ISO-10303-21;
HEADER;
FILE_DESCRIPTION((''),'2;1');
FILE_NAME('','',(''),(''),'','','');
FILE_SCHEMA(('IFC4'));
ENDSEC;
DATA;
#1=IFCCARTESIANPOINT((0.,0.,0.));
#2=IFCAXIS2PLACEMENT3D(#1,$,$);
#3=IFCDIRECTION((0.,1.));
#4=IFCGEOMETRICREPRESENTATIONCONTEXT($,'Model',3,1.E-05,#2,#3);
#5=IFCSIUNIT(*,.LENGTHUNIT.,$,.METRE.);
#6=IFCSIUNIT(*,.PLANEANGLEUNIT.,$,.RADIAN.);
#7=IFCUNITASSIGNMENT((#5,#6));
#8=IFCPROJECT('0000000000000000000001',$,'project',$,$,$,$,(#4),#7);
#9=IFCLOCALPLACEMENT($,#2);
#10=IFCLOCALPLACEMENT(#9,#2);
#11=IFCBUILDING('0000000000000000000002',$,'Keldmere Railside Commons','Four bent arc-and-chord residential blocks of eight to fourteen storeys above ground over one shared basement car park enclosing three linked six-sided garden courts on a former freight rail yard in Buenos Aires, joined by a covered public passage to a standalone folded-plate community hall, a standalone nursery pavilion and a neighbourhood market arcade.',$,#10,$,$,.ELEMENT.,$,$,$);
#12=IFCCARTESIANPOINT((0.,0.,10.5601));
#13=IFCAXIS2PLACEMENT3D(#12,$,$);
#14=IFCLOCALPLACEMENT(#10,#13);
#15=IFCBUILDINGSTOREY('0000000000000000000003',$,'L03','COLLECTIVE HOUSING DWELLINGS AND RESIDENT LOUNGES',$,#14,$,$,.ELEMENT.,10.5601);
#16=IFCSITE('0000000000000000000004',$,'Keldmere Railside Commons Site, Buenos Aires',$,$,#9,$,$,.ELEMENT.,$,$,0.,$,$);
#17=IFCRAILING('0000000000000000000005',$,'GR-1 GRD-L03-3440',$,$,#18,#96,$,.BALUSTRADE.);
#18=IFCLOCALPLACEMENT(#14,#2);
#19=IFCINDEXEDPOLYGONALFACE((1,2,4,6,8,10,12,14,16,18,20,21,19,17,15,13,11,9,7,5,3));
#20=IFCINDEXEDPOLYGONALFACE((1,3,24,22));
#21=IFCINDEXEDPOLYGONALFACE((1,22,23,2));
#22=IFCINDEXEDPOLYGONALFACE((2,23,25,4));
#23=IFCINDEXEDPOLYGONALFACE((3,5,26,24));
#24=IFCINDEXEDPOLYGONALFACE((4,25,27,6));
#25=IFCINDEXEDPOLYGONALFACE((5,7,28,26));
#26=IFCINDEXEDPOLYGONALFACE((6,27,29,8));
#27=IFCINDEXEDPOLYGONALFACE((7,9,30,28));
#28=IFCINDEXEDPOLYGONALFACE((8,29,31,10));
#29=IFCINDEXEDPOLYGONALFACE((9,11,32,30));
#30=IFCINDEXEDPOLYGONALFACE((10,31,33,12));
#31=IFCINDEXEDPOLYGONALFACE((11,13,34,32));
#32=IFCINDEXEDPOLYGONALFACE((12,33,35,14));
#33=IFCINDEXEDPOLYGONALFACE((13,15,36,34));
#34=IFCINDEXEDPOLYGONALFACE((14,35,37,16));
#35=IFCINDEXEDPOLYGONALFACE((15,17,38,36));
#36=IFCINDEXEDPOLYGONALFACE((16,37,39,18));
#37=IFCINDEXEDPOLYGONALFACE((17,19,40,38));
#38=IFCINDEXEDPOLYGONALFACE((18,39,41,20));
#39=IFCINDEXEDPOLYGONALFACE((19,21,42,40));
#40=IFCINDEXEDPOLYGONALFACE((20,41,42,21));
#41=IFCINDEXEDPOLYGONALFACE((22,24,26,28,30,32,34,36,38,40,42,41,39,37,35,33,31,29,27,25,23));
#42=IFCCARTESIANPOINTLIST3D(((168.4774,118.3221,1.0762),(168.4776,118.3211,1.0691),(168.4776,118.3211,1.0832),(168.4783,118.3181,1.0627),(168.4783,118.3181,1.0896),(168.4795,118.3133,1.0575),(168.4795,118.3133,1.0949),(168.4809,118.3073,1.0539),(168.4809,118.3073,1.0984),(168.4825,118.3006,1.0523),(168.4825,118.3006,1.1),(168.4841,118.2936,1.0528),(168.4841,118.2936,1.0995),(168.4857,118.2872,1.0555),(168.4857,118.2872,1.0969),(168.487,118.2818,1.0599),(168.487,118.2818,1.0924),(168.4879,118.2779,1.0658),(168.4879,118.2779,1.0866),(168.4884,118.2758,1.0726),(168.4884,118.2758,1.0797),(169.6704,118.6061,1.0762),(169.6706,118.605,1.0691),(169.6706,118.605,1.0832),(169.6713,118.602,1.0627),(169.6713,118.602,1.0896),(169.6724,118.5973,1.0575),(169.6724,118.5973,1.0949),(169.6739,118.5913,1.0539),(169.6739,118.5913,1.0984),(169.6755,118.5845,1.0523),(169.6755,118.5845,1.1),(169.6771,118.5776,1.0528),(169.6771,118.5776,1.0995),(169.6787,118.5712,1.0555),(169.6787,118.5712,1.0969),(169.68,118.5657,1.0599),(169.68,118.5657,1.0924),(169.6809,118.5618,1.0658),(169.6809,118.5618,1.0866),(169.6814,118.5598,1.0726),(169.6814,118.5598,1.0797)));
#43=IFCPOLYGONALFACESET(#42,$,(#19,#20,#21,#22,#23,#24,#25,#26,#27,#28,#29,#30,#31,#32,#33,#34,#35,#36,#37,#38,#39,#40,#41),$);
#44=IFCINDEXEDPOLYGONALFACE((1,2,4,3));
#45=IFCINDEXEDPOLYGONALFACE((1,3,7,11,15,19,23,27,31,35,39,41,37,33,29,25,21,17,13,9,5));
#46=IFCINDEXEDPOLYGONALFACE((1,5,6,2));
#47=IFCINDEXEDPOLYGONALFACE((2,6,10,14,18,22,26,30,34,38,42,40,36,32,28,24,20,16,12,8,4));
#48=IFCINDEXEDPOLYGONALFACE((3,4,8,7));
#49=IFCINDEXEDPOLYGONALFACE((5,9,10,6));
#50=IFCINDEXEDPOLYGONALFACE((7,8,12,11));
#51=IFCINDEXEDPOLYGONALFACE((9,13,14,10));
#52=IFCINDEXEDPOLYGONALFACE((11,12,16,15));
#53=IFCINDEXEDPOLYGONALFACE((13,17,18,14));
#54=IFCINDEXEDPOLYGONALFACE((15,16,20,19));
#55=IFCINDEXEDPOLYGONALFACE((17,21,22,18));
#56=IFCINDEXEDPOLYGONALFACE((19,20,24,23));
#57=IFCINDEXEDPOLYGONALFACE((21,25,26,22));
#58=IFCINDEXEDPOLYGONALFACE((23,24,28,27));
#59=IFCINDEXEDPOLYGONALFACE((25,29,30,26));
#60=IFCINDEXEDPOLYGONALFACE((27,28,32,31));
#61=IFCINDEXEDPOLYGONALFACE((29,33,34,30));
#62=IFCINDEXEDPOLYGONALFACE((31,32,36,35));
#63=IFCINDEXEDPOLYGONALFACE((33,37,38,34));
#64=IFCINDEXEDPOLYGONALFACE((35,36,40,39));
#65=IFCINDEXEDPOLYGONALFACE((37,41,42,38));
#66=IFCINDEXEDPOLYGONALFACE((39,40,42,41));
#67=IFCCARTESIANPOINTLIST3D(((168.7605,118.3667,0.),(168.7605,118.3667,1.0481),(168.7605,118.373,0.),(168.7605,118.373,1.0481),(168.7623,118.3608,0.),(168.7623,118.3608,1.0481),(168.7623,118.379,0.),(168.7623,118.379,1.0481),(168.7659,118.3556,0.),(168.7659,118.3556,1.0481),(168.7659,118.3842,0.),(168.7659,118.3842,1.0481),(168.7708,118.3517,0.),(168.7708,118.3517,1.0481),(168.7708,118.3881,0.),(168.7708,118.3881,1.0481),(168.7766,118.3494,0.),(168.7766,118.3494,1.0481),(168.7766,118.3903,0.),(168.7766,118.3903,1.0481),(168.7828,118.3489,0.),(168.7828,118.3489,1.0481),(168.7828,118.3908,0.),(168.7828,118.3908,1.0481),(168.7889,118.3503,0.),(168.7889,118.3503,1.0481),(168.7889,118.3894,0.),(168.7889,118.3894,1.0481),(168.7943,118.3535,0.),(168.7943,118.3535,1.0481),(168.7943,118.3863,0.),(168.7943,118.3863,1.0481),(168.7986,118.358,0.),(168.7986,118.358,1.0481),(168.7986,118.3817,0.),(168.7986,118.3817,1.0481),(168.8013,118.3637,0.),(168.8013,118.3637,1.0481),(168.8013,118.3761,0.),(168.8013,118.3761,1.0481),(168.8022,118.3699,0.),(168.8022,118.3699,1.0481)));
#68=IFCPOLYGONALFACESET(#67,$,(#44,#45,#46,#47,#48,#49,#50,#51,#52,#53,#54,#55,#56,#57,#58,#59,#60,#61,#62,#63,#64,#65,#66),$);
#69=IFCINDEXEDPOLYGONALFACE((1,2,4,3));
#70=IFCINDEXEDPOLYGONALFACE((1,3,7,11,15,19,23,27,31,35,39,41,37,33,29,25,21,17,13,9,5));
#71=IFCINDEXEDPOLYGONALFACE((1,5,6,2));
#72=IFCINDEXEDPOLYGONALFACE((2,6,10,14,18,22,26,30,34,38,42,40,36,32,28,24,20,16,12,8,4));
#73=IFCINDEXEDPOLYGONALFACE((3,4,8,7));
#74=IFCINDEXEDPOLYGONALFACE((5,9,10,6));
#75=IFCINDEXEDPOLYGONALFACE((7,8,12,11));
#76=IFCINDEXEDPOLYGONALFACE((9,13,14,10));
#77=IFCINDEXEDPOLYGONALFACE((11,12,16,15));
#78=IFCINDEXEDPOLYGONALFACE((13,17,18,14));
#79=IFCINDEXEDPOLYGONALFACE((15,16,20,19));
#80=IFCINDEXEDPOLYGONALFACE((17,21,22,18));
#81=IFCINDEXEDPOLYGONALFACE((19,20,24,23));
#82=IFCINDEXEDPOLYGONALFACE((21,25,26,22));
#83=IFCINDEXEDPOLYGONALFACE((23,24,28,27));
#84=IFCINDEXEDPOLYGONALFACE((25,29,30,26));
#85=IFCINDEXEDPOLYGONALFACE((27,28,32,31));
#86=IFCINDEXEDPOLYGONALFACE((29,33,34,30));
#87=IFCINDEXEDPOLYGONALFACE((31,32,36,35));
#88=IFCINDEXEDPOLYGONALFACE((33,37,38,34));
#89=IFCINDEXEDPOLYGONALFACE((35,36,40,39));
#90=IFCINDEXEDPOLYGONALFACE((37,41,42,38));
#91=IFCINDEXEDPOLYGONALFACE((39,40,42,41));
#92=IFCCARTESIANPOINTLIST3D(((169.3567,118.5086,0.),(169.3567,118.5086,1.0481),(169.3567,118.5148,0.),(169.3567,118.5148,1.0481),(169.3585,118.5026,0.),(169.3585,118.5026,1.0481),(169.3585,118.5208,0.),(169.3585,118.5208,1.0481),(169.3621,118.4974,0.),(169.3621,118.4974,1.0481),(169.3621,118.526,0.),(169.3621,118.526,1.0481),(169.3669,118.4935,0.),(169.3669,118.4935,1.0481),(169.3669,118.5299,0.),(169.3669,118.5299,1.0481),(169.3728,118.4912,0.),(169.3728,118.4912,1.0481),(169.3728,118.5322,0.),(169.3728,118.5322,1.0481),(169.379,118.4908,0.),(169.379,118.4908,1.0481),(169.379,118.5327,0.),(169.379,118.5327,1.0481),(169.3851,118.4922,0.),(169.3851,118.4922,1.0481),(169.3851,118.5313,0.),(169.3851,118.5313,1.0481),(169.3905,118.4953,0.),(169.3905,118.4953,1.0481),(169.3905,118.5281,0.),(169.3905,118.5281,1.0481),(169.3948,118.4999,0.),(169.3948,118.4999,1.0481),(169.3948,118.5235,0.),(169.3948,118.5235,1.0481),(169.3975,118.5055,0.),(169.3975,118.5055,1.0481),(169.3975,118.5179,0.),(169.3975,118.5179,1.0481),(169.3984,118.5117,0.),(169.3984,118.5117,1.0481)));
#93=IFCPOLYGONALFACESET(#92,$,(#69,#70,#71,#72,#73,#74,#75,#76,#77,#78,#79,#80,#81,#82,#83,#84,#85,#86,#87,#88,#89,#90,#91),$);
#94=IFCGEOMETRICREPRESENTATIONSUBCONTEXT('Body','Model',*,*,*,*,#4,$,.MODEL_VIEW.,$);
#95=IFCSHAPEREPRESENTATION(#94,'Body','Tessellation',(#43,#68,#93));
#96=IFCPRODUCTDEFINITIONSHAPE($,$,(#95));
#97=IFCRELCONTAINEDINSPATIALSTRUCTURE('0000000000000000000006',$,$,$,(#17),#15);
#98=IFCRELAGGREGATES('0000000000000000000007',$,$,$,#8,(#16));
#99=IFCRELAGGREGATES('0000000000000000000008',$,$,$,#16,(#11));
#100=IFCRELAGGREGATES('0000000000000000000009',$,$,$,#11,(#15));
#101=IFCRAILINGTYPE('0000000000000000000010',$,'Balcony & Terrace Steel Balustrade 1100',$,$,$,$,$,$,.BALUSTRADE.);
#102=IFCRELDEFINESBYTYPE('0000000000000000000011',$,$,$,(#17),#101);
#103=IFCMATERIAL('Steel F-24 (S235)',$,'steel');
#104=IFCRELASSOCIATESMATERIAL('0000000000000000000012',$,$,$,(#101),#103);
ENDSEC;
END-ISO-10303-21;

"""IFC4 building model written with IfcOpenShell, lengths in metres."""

from ifc_helpers import new_model, si_unit, direction, frame, origin, origin_2d, place, context, subcontext, project, spatial, circle, extrude, material, type_object, element, save


model = new_model("IFC4")

# Units and contexts
model_context = context("Model", 3, precision=1e-05, world=origin(), true_north=direction((0.0, 1.0)))
body_context = subcontext(model_context, "Body", "Model", "MODEL_VIEW")
ifc_project = project(units=[si_unit("LENGTHUNIT", "METRE"), si_unit("PLANEANGLEUNIT", "RADIAN")], contexts=[model_context])

# Site, building, storey
site_placement = place(None, origin())
site = spatial("IfcSite", under=ifc_project, at=site_placement, Name="Keldmere Railside Commons Site, Buenos Aires", CompositionType="ELEMENT", RefElevation=0.0)
building_placement = place(site_placement, origin())
building = spatial("IfcBuilding", under=site, at=building_placement, Name="Keldmere Railside Commons", Description="Four bent arc-and-chord residential blocks of eight to fourteen storeys above ground over one shared basement car park enclosing three linked six-sided garden courts on a former freight rail yard in Buenos Aires, joined by a covered public passage to a standalone folded-plate community hall, a standalone nursery pavilion and a neighbourhood market arcade.", CompositionType="ELEMENT")
storey_placement = place(building_placement, frame((0.0, 0.0, 10.5601)))
storey = spatial("IfcBuildingStorey", under=building, at=storey_placement, Name="L03", Description="COLLECTIVE HOUSING DWELLINGS AND RESIDENT LOUNGES", CompositionType="ELEMENT", Elevation=10.5601)

# Railing
ifc_material_1 = material(Name="Steel F-24 (S235)", Category="steel")
railing_type = type_object("IfcRailingType", Name="Balcony & Terrace Steel Balustrade 1100", PredefinedType="BALUSTRADE", material=ifc_material_1)
railing_1_placement = place(storey_placement, frame((168.4829, 118.2988, 0.0)))
element("IfcRailing", 1, at=railing_1_placement, inside=storey, type_object=railing_type, Name="GR-1 GRD-L03-3440", PredefinedType="BALUSTRADE", context=body_context, shape_type="SweptSolid", body=[
    extrude(circle(Radius=0.0239, at=origin_2d()), frame((0.0, 0.0, 1.0762), z_axis=(0.972821, 0.231558, 0.0), x_axis=(-0.231558, 0.972821, 0.0)), (0.0, 0.0, 1.0), 1.2263),
    extrude(circle(Radius=0.021, at=origin_2d()), frame((0.2983, 0.071, 0.0)), (0.0, 0.0, 1.0), 1.0481),
    extrude(circle(Radius=0.021, at=origin_2d()), frame((0.8945, 0.2129, 0.0)), (0.0, 0.0, 1.0), 1.0481),
])

save(model, "model.ifc")
